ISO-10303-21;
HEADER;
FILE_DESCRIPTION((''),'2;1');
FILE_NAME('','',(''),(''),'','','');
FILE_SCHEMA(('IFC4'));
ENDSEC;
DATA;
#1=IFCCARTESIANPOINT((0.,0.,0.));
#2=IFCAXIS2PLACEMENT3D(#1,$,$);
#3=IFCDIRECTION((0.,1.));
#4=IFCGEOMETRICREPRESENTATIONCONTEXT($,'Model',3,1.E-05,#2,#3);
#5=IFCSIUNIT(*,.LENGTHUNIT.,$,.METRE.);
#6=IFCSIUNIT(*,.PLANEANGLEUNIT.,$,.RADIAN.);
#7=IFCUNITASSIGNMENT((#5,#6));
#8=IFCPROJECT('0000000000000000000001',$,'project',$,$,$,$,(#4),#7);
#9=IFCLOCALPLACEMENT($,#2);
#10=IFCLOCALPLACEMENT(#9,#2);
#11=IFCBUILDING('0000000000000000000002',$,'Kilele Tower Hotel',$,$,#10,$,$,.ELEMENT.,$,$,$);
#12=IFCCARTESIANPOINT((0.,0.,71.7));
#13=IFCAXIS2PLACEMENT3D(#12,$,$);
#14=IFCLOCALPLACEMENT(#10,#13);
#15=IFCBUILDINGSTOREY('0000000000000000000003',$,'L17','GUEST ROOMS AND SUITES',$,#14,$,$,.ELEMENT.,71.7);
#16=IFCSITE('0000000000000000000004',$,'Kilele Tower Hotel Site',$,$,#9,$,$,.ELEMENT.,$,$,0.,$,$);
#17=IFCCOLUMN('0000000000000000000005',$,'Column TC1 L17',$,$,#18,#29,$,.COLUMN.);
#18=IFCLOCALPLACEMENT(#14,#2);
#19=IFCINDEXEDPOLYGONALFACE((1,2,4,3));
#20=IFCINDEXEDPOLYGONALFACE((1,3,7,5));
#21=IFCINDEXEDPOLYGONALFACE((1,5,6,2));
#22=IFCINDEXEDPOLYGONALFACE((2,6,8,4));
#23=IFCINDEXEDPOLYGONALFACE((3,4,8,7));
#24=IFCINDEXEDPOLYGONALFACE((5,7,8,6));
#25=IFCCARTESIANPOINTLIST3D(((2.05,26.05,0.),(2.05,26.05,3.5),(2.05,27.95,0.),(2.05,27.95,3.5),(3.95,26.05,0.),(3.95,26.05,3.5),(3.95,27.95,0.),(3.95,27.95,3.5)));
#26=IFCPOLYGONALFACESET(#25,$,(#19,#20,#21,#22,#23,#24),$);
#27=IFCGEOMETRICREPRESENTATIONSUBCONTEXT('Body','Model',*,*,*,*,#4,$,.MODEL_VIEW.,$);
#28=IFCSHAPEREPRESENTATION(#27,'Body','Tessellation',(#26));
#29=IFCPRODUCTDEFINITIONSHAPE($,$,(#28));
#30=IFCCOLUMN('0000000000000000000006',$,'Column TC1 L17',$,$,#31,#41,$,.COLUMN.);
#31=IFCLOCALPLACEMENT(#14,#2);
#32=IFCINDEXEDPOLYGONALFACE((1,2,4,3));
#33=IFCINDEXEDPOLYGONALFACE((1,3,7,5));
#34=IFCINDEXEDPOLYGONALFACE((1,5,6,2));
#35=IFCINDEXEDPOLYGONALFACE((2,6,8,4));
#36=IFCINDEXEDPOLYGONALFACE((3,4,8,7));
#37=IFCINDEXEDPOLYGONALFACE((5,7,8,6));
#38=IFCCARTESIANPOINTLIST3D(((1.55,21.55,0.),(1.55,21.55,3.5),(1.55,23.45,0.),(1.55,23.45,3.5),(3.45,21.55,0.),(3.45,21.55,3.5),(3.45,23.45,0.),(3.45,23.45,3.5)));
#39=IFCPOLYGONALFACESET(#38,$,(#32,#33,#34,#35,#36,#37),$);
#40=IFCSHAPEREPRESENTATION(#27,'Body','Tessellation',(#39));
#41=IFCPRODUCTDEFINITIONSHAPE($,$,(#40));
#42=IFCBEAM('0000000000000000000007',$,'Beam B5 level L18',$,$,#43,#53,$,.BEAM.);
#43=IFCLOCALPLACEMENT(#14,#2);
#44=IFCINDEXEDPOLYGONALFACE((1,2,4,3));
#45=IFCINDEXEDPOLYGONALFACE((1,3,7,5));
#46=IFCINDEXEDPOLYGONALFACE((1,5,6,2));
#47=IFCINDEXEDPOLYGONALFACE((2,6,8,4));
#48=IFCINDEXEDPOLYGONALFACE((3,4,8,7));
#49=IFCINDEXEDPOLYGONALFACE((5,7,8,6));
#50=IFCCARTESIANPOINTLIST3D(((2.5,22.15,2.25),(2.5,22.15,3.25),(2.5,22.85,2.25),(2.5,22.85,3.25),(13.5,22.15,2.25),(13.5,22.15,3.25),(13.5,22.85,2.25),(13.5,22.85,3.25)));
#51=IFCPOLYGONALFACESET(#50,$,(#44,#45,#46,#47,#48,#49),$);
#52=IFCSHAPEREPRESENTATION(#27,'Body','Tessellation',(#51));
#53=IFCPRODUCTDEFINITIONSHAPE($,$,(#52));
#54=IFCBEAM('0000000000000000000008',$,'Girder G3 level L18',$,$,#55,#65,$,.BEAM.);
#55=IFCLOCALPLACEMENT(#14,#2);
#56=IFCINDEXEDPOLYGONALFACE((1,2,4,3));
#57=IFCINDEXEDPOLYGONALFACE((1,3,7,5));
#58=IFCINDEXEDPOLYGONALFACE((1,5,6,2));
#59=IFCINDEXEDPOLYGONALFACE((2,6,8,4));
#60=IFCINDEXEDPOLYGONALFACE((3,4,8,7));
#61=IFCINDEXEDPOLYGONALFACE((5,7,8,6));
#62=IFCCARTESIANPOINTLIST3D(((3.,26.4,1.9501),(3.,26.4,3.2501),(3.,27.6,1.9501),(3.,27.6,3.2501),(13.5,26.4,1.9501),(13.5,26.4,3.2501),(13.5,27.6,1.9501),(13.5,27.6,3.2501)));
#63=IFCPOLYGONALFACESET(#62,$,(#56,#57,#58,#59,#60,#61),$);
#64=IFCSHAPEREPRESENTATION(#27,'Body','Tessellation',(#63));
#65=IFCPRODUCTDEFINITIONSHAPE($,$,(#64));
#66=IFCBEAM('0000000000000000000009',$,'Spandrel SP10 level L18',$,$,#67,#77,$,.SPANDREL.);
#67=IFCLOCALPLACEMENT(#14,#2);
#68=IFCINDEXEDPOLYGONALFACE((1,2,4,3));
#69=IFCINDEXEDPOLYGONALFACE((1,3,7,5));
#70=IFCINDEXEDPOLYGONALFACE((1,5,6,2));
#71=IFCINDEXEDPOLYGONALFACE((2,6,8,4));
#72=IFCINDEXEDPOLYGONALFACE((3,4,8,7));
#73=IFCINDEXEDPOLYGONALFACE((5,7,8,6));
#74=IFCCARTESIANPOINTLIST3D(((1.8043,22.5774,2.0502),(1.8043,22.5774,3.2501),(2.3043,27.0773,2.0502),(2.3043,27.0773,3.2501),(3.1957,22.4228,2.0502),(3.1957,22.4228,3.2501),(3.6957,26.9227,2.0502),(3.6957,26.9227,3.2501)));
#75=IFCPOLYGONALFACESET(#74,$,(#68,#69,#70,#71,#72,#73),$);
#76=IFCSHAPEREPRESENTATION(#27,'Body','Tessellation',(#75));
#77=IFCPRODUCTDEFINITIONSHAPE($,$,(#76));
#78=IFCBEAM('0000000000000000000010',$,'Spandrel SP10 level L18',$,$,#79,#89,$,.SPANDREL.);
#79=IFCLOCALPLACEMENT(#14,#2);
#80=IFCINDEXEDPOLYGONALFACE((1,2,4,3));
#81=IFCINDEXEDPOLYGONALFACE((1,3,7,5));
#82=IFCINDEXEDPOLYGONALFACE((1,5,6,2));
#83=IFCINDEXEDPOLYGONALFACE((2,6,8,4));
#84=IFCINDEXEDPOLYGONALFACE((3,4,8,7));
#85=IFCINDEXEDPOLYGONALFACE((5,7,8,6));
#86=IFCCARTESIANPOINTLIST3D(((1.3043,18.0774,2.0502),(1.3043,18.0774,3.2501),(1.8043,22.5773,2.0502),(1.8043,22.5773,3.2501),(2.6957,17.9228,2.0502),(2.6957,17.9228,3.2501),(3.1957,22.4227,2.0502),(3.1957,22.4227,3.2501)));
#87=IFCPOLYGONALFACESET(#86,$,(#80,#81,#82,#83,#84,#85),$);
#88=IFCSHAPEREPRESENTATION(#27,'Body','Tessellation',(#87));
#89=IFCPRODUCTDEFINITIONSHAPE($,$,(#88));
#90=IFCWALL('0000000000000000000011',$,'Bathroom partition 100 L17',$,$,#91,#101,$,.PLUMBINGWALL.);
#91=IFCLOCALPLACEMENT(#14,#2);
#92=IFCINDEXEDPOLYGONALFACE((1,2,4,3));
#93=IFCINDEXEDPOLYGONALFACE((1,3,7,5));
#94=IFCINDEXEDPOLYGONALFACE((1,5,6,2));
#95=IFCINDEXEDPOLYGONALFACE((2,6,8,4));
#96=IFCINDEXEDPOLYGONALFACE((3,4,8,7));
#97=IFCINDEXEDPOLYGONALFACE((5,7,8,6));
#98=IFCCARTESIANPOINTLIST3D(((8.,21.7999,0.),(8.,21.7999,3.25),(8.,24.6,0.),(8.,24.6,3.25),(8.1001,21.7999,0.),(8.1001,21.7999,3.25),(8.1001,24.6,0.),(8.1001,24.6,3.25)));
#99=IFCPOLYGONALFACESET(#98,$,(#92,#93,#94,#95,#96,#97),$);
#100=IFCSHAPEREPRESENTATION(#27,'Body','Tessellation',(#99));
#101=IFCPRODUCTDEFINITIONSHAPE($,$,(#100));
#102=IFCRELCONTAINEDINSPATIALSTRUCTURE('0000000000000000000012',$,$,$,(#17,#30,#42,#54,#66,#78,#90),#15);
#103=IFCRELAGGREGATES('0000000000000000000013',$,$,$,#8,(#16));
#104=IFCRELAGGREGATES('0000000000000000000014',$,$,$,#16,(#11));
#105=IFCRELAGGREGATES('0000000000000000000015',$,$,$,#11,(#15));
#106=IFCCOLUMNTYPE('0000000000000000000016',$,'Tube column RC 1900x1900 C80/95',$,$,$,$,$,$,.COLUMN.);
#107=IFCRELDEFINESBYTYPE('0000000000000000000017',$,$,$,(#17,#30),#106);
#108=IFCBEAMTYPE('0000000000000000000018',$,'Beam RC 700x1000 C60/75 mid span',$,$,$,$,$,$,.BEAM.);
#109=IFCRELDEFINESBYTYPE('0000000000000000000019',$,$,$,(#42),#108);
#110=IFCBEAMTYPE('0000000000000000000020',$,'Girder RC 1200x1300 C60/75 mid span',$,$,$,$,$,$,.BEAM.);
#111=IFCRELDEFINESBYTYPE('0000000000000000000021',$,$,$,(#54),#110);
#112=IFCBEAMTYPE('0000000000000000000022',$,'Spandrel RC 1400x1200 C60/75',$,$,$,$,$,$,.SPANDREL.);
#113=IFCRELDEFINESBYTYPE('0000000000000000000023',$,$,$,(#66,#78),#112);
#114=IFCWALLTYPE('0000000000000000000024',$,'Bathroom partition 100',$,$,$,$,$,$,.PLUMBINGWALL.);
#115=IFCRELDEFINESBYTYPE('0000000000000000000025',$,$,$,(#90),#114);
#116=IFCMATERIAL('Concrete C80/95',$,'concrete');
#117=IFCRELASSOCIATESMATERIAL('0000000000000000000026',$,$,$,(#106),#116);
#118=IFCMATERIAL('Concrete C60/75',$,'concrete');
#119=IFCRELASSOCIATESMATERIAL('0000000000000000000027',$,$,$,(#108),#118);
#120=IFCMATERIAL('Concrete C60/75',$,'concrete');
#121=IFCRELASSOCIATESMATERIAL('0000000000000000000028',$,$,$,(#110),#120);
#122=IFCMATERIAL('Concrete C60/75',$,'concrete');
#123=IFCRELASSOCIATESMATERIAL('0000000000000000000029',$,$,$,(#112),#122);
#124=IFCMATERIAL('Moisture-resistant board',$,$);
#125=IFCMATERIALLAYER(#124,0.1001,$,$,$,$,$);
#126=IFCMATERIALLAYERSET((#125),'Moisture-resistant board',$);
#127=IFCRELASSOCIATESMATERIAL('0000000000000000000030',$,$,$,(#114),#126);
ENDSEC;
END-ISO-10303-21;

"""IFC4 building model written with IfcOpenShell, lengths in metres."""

from ifc_helpers import new_model, si_unit, direction, frame, frame_2d, origin, origin_2d, place, context, subcontext, project, spatial, rectangle, extrude, material, layer, layer_set, material_profile, profile_set, type_object, element, save


model = new_model("IFC4")

# Units and contexts
model_context = context("Model", 3, precision=1e-05, world=origin(), true_north=direction((0.0, 1.0)))
body_context = subcontext(model_context, "Body", "Model", "MODEL_VIEW")
ifc_project = project(units=[si_unit("LENGTHUNIT", "METRE"), si_unit("PLANEANGLEUNIT", "RADIAN")], contexts=[model_context])

# Site, building, storey
site_placement = place(None, origin())
site = spatial("IfcSite", under=ifc_project, at=site_placement, Name="Kilele Tower Hotel Site", CompositionType="ELEMENT", RefElevation=0.0)
building_placement = place(site_placement, origin())
building = spatial("IfcBuilding", under=site, at=building_placement, Name="Kilele Tower Hotel", CompositionType="ELEMENT")
storey_placement = place(building_placement, frame((0.0, 0.0, 71.7)))
storey = spatial("IfcBuildingStorey", under=building, at=storey_placement, Name="L17", Description="GUEST ROOMS AND SUITES", CompositionType="ELEMENT", Elevation=71.7)

# Columns
ifc_material_1 = material(Name="Concrete C80/95", Category="concrete")
ifc_material_profile_1 = material_profile(ifc_material_1, rectangle(XDim=1.8999, YDim=1.8999, at=origin_2d()))
ifc_profile_set_1 = profile_set([ifc_material_profile_1], Name="Concrete C80/95")
column_type = type_object("IfcColumnType", Name="Tube column RC 1900x1900 C80/95", PredefinedType="COLUMN", material=ifc_profile_set_1)
for number, where, z_axis, x_axis, name in (
    (1, (3.0, 27.0, 0.0), (0.0, 0.0, 1.0), (1.0, 0.0, 0.0), "Column TC1 L17"),
    (2, (2.5, 22.5, 0.0), (0.0, 0.0, 1.0), (1.0, 0.0, 0.0), "Column TC1 L17"),
):
    element("IfcColumn", number, at=place(storey_placement, frame(where, z_axis=z_axis, x_axis=x_axis)), inside=storey, type_object=column_type, Name=name, PredefinedType="COLUMN", context=body_context, shape_type="SweptSolid", body=[
        extrude(rectangle(XDim=1.8999, YDim=1.8999, at=origin_2d()), origin(), (0.0, 0.0, 1.0), 3.5),
    ])

# Beams
ifc_material_2 = material(Name="Concrete C60/75", Category="concrete")
ifc_material_profile_2 = material_profile(ifc_material_2, rectangle(XDim=0.7, YDim=1.0, at=origin_2d()))
ifc_profile_set_2 = profile_set([ifc_material_profile_2], Name="Concrete C60/75")
beam_type_1 = type_object("IfcBeamType", Name="Beam RC 700x1000 C60/75 mid span", PredefinedType="BEAM", material=ifc_profile_set_2)
beam_1_placement = place(storey_placement, frame((2.5, 22.5, 2.75), z_axis=(1.0, 0.0, 0.0), x_axis=(0.0, 1.0, 0.0)))
element("IfcBeam", 3, at=beam_1_placement, inside=storey, type_object=beam_type_1, Name="Beam B5 level L18", PredefinedType="BEAM", context=body_context, shape_type="SweptSolid", body=[
    extrude(rectangle(XDim=0.7, YDim=1.0, at=origin_2d()), origin(), (0.0, 0.0, 1.0), 11.0),
])
ifc_material_3 = material(Name="Concrete C60/75", Category="concrete")
ifc_material_profile_3 = material_profile(ifc_material_3, rectangle(XDim=1.2, YDim=1.3, at=origin_2d()))
ifc_profile_set_3 = profile_set([ifc_material_profile_3], Name="Concrete C60/75")
beam_type_2 = type_object("IfcBeamType", Name="Girder RC 1200x1300 C60/75 mid span", PredefinedType="BEAM", material=ifc_profile_set_3)
beam_2_placement = place(storey_placement, frame((3.0, 27.0, 2.6001), z_axis=(1.0, 0.0, 0.0), x_axis=(0.0, 1.0, 0.0)))
element("IfcBeam", 4, at=beam_2_placement, inside=storey, type_object=beam_type_2, Name="Girder G3 level L18", PredefinedType="BEAM", context=body_context, shape_type="SweptSolid", body=[
    extrude(rectangle(XDim=1.2, YDim=1.3, at=origin_2d()), origin(), (0.0, 0.0, 1.0), 10.5),
])
ifc_material_4 = material(Name="Concrete C60/75", Category="concrete")
ifc_material_profile_4 = material_profile(ifc_material_4, rectangle(XDim=1.3999, YDim=1.2, at=origin_2d()))
ifc_profile_set_4 = profile_set([ifc_material_profile_4], Name="Concrete C60/75")
beam_type_3 = type_object("IfcBeamType", Name="Spandrel RC 1400x1200 C60/75", PredefinedType="SPANDREL", material=ifc_profile_set_4)
for number, where, z_axis, x_axis, name in (
    (5, (3.0, 27.0, 2.6501), (-0.110432, -0.993884, 0.0), (0.993884, -0.110432, 0.0), "Spandrel SP10 level L18"),
    (6, (2.5, 22.5, 2.6501), (-0.110432, -0.993884, 0.0), (0.993884, -0.110432, 0.0), "Spandrel SP10 level L18"),
):
    element("IfcBeam", number, at=place(storey_placement, frame(where, z_axis=z_axis, x_axis=x_axis)), inside=storey, type_object=beam_type_3, Name=name, PredefinedType="SPANDREL", context=body_context, shape_type="SweptSolid", body=[
        extrude(rectangle(XDim=1.3999, YDim=1.2, at=origin_2d()), origin(), (0.0, 0.0, 1.0), 4.5276),
    ])

# Wall
ifc_material_5 = material(Name="Moisture-resistant board")
ifc_layer = layer(ifc_material_5, 0.1001)
ifc_layer_set = layer_set([ifc_layer], Name="Moisture-resistant board")
wall_type = type_object("IfcWallType", Name="Bathroom partition 100", PredefinedType="PLUMBINGWALL", material=ifc_layer_set)
wall_placement = place(storey_placement, frame((8.05, 21.8, 0.0), z_axis=(0.0, 0.0, 1.0), x_axis=(0.0, 1.0, 0.0)))
element("IfcWall", 7, at=wall_placement, inside=storey, type_object=wall_type, Name="Bathroom partition 100 L17", PredefinedType="PLUMBINGWALL", context=body_context, shape_type="SweptSolid", body=[
    extrude(rectangle(XDim=2.8, YDim=0.1001, at=frame_2d((1.3999, 0.0))), origin(), (0.0, 0.0, 1.0), 3.25),
])

save(model, "model.ifc")
